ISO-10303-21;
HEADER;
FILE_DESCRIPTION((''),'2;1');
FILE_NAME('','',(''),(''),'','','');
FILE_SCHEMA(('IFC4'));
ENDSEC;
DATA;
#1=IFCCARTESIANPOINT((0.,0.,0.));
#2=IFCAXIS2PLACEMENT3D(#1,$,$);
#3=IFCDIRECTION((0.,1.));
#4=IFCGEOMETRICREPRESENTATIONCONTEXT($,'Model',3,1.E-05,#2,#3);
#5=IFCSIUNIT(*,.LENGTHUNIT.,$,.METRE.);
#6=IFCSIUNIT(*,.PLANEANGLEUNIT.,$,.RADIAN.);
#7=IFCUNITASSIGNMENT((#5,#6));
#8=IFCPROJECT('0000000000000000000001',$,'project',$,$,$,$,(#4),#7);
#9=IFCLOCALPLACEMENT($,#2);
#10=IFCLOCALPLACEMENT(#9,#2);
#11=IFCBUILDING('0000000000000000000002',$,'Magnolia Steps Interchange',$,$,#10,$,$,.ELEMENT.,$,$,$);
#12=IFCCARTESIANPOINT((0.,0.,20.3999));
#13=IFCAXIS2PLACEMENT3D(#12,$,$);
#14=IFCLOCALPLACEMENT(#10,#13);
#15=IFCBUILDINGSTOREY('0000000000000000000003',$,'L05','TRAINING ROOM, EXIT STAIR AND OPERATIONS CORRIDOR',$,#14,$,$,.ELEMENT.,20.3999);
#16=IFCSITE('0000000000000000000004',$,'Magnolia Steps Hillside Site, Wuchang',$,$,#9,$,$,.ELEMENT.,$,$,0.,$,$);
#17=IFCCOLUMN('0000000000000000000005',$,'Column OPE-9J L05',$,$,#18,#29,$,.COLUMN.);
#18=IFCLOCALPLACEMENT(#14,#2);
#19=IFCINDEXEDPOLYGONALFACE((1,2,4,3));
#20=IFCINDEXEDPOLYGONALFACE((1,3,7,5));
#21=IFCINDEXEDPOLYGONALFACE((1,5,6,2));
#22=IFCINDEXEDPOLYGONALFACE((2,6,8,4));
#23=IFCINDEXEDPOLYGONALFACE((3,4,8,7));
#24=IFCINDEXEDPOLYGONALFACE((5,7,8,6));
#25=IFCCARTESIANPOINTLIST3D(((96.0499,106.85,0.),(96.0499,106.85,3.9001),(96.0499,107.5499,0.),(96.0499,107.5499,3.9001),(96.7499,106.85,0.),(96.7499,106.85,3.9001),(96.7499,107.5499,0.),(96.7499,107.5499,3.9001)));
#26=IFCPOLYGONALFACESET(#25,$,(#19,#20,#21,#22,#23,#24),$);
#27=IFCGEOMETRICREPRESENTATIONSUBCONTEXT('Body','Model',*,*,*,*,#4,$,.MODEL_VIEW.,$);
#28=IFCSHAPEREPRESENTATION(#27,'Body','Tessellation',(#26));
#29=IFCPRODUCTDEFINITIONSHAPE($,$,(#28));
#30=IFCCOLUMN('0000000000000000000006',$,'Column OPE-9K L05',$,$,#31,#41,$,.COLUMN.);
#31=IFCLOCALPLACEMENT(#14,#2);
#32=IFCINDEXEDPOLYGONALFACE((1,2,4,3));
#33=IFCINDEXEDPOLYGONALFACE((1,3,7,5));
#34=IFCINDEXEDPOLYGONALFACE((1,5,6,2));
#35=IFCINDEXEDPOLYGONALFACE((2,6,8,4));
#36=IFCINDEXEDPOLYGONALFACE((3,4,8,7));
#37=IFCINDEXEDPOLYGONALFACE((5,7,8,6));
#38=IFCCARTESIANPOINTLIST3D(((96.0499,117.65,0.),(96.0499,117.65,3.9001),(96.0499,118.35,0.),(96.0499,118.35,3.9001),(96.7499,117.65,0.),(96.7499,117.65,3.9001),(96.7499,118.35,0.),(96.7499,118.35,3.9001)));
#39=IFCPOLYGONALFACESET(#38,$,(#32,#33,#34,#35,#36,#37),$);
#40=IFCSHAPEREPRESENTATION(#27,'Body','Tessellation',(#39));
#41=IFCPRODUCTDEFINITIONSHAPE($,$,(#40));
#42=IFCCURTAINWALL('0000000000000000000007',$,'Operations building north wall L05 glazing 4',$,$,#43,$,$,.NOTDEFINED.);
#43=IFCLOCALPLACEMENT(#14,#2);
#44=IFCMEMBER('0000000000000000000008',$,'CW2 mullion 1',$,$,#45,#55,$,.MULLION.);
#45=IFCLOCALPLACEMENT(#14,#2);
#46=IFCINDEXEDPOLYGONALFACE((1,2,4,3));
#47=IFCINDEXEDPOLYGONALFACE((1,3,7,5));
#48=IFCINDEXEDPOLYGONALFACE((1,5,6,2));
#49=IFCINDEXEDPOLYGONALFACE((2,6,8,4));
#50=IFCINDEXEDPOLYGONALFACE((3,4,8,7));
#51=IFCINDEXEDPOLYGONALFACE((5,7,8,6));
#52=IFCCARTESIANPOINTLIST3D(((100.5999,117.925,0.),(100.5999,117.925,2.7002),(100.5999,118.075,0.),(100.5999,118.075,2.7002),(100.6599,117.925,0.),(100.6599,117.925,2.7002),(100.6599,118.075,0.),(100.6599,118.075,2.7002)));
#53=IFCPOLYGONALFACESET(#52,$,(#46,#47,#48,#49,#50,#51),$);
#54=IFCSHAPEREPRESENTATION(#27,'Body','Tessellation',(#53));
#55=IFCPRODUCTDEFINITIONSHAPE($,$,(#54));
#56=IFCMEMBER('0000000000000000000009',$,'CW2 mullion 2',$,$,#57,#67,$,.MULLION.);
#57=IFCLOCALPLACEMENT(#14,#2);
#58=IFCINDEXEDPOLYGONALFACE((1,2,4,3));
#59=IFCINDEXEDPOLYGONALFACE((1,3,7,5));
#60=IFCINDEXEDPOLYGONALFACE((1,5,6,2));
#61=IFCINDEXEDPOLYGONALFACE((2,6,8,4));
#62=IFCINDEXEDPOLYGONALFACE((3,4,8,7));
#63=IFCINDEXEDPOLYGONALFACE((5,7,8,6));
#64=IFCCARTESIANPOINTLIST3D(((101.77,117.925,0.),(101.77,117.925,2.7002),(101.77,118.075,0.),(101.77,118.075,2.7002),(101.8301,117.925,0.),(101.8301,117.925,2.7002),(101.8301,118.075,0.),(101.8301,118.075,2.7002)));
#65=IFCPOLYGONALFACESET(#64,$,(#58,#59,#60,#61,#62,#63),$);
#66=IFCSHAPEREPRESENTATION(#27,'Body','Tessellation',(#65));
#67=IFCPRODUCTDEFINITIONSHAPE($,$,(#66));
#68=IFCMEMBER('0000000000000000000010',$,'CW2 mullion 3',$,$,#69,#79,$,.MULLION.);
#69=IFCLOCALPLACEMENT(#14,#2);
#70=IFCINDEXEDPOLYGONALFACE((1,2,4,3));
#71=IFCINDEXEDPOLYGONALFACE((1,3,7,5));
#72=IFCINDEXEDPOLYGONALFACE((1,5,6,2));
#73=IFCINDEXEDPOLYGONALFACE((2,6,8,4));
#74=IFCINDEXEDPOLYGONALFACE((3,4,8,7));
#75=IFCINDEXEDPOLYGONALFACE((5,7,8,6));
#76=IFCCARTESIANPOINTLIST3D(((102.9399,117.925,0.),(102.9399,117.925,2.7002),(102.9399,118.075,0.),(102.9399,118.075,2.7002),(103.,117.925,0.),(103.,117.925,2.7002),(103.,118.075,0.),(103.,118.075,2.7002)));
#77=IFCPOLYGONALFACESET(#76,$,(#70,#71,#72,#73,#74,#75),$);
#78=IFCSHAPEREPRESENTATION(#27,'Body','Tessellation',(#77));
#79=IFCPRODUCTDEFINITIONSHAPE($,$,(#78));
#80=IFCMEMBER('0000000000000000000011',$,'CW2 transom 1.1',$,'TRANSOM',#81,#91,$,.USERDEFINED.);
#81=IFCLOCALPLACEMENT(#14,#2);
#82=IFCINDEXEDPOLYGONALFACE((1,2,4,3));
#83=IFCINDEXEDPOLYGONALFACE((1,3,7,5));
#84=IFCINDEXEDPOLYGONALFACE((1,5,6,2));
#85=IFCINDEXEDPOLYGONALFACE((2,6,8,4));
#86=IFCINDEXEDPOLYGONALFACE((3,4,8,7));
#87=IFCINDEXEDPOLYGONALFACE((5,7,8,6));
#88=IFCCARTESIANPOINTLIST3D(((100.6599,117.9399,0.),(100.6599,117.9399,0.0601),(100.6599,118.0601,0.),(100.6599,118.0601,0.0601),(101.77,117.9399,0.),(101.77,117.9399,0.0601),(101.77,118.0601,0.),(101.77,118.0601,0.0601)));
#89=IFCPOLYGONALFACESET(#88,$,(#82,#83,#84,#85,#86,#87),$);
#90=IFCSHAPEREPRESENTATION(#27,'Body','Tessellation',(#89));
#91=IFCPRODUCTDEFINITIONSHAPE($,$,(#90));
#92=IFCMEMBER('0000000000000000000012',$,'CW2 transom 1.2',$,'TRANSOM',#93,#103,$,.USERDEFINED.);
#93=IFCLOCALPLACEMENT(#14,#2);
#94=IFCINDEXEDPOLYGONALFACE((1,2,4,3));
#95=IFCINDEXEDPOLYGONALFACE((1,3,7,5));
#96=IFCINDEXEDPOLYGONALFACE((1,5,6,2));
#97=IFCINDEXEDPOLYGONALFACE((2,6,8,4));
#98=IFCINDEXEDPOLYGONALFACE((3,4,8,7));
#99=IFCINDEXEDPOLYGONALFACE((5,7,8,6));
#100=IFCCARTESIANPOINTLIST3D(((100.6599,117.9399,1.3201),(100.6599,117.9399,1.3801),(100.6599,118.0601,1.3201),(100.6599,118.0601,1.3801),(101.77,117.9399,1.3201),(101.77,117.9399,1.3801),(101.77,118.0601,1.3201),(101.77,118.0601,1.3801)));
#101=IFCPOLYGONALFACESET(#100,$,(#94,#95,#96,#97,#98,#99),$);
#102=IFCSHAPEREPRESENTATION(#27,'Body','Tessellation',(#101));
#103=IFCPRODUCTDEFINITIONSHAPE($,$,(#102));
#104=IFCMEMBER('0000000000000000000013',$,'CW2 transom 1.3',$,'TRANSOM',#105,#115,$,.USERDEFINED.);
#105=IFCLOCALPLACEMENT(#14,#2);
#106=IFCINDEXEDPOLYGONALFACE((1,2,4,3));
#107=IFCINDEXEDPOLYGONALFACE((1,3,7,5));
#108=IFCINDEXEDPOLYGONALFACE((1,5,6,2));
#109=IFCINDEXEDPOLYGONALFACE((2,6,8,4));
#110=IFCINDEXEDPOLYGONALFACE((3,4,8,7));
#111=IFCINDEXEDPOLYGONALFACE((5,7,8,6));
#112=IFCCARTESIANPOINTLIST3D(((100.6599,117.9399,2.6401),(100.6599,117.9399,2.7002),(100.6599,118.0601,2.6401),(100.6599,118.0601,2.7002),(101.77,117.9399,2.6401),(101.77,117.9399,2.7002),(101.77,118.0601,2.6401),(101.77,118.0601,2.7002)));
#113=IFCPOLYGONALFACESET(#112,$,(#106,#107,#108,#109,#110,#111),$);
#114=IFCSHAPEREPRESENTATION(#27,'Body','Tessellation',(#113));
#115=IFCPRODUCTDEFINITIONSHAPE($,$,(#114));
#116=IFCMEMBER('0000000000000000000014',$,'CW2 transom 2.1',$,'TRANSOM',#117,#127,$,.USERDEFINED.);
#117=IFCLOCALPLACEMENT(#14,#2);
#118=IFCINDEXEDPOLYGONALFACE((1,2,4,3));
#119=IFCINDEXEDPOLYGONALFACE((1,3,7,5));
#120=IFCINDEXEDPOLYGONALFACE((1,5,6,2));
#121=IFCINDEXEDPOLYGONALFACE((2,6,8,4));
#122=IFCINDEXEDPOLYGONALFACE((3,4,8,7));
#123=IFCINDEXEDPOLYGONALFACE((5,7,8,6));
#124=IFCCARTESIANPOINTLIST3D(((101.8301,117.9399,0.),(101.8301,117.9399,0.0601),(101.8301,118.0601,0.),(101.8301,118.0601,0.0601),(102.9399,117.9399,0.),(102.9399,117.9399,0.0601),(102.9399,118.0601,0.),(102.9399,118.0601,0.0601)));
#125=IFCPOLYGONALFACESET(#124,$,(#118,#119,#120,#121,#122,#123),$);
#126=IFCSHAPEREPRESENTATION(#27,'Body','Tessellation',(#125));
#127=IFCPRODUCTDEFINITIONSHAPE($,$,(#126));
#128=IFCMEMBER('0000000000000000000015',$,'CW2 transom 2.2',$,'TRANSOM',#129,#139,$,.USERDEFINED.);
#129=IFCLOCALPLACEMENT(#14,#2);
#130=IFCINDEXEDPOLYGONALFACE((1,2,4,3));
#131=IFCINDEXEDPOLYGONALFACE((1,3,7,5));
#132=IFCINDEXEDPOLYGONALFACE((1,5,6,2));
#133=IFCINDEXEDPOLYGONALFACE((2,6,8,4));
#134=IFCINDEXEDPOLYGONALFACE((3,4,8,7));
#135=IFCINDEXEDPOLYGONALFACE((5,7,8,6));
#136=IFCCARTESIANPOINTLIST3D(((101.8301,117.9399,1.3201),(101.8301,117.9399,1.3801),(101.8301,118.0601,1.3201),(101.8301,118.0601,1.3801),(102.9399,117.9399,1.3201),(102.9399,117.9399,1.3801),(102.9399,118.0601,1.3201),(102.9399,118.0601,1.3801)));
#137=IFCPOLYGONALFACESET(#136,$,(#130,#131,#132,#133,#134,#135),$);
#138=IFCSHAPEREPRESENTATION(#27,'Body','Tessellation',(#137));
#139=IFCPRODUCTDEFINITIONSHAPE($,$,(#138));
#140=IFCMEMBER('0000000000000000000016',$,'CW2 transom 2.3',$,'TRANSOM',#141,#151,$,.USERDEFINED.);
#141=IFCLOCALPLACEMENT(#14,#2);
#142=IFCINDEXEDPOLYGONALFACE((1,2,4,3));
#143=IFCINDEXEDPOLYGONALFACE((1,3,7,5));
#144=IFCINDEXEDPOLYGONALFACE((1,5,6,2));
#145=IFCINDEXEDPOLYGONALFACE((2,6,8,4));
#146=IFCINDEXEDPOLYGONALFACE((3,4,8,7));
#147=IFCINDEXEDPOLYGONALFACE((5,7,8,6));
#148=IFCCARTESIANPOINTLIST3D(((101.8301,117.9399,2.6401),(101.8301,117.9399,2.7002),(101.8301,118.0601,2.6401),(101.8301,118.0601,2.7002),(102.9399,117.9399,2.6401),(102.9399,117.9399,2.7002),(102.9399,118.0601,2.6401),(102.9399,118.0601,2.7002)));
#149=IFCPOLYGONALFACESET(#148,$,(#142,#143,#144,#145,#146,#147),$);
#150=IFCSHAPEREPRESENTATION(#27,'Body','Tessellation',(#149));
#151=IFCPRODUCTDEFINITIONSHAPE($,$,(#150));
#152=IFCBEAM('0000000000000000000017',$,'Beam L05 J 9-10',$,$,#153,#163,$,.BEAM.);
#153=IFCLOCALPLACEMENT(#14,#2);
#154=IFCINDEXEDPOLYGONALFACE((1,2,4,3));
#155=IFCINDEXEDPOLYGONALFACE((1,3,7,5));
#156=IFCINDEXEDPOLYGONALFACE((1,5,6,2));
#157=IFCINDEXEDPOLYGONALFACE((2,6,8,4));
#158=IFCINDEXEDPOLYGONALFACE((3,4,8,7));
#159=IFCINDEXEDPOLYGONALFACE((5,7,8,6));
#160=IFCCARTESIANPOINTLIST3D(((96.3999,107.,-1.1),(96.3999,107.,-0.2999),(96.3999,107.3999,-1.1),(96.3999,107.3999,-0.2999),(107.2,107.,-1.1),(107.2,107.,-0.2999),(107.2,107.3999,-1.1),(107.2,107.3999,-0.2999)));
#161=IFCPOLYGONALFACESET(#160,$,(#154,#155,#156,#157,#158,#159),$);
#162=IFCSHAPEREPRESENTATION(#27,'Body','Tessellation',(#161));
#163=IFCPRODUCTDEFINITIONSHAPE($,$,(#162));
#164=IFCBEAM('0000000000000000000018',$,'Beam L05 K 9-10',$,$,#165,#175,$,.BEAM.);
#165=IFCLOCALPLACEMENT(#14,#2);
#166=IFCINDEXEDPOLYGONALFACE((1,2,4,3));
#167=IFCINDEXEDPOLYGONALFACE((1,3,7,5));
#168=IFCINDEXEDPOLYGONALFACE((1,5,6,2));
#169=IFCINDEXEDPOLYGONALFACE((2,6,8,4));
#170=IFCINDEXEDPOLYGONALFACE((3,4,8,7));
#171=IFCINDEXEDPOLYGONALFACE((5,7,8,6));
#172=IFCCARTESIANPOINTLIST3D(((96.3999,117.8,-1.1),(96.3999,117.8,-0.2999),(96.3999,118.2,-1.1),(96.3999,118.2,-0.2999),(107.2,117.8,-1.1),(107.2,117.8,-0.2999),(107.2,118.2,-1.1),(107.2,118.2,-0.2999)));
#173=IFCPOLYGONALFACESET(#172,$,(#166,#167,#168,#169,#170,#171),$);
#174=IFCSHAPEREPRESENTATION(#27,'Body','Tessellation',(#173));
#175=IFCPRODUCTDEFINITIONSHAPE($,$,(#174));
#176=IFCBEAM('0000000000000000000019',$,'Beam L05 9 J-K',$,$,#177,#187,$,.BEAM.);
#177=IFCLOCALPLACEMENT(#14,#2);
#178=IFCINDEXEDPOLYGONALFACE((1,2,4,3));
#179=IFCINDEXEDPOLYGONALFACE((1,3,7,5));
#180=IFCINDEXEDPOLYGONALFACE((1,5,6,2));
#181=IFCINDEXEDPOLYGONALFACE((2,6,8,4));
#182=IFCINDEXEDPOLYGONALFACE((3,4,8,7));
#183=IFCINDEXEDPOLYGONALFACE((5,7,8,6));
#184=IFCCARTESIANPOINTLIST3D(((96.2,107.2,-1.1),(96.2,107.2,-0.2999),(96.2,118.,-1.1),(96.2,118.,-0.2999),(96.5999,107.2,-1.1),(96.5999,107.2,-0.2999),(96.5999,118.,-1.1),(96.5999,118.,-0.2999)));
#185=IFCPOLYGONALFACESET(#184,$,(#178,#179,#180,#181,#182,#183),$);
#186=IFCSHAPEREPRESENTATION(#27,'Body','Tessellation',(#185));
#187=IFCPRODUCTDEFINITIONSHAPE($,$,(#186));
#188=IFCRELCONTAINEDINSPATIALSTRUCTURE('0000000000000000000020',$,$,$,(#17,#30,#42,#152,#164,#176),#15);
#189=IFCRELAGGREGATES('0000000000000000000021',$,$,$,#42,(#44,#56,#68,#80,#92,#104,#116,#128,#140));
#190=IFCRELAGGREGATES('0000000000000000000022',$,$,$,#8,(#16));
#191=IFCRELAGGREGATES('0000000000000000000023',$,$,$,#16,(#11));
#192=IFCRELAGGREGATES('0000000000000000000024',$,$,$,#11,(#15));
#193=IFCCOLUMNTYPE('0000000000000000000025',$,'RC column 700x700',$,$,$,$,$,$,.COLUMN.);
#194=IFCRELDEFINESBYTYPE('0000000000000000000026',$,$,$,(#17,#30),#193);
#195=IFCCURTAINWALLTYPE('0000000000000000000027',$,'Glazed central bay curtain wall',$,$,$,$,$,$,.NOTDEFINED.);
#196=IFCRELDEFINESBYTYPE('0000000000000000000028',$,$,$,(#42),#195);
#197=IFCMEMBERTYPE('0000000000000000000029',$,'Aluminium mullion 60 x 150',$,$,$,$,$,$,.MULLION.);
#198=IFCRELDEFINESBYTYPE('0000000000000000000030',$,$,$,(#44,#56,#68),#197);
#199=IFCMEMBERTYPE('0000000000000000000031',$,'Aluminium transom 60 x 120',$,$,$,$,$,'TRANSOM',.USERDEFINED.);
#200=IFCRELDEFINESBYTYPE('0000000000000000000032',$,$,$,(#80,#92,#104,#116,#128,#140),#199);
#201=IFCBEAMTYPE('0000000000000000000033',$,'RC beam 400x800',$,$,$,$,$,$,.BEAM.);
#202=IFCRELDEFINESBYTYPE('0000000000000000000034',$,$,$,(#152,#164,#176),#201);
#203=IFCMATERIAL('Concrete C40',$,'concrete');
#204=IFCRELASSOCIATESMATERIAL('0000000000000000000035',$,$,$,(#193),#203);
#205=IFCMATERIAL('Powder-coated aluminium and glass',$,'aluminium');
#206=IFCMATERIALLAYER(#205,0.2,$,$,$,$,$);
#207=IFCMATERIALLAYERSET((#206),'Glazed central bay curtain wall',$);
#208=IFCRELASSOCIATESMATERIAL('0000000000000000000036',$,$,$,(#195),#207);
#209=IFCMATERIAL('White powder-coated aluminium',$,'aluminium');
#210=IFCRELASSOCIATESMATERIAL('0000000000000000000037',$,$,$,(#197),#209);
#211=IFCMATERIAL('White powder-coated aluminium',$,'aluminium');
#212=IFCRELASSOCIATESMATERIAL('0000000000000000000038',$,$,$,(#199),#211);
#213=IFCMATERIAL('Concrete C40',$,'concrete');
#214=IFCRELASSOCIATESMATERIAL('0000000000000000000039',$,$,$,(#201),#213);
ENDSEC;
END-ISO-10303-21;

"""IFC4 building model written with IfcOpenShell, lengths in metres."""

from ifc_helpers import new_model, si_unit, direction, frame, origin, origin_2d, place, context, subcontext, project, spatial, rectangle, extrude, material, layer, layer_set, material_profile, profile_set, type_object, element, aggregate, save


model = new_model("IFC4")

# Units and contexts
model_context = context("Model", 3, precision=1e-05, world=origin(), true_north=direction((0.0, 1.0)))
body_context = subcontext(model_context, "Body", "Model", "MODEL_VIEW")
ifc_project = project(units=[si_unit("LENGTHUNIT", "METRE"), si_unit("PLANEANGLEUNIT", "RADIAN")], contexts=[model_context])

# Site, building, storey
site_placement = place(None, origin())
site = spatial("IfcSite", under=ifc_project, at=site_placement, Name="Magnolia Steps Hillside Site, Wuchang", CompositionType="ELEMENT", RefElevation=0.0)
building_placement = place(site_placement, origin())
building = spatial("IfcBuilding", under=site, at=building_placement, Name="Magnolia Steps Interchange", CompositionType="ELEMENT")
storey_placement = place(building_placement, frame((0.0, 0.0, 20.3999)))
storey = spatial("IfcBuildingStorey", under=building, at=storey_placement, Name="L05", Description="TRAINING ROOM, EXIT STAIR AND OPERATIONS CORRIDOR", CompositionType="ELEMENT", Elevation=20.3999)

# Columns
ifc_material_1 = material(Name="Concrete C40", Category="concrete")
ifc_material_profile_1 = material_profile(ifc_material_1, rectangle(XDim=0.7, YDim=0.7, at=origin_2d()), Name="RC700x700")
ifc_profile_set_1 = profile_set([ifc_material_profile_1], Name="Concrete C40")
column_type = type_object("IfcColumnType", Name="RC column 700x700", PredefinedType="COLUMN", material=ifc_profile_set_1)
for number, where, z_axis, x_axis, name in (
    (1, (96.3999, 107.2, 0.0), (0.0, 0.0, 1.0), (1.0, 0.0, 0.0), "Column OPE-9J L05"),
    (2, (96.3999, 118.0, 0.0), (0.0, 0.0, 1.0), (1.0, 0.0, 0.0), "Column OPE-9K L05"),
):
    element("IfcColumn", number, at=place(storey_placement, frame(where, z_axis=z_axis, x_axis=x_axis)), inside=storey, type_object=column_type, Name=name, PredefinedType="COLUMN", context=body_context, shape_type="SweptSolid", body=[
        extrude(rectangle(XDim=0.7, YDim=0.7, at=origin_2d()), origin(), (0.0, 0.0, 1.0), 3.9001),
    ])

# Curtain wall, members
ifc_material_2 = material(Name="Powder-coated aluminium and glass", Category="aluminium")
ifc_layer_1 = layer(ifc_material_2, 0.2)
ifc_layer_set_1 = layer_set([ifc_layer_1], Name="Glazed central bay curtain wall")
curtain_wall_type = type_object("IfcCurtainWallType", Name="Glazed central bay curtain wall", PredefinedType="NOTDEFINED", material=ifc_layer_set_1)
curtain_wall_placement = place(storey_placement, origin())
curtain_wall = element("IfcCurtainWall", 3, at=curtain_wall_placement, inside=storey, type_object=curtain_wall_type, Name="Operations building north wall L05 glazing 4", PredefinedType="NOTDEFINED")
ifc_material_3 = material(Name="White powder-coated aluminium", Category="aluminium")
ifc_material_profile_2 = material_profile(ifc_material_3, rectangle(XDim=0.0601, YDim=0.1499, at=origin_2d()), Name="Aluminium mullion 60 x 150")
ifc_profile_set_2 = profile_set([ifc_material_profile_2], Name="White powder-coated aluminium")
member_type_1 = type_object("IfcMemberType", Name="Aluminium mullion 60 x 150", PredefinedType="MULLION", material=ifc_profile_set_2)
member_1_placement = place(storey_placement, frame((100.6299, 118.0, 0.0), z_axis=(0.0, 0.0, 1.0), x_axis=(1.0, 0.0, 0.0)))
member_1 = element("IfcMember", 4, at=member_1_placement, type_object=member_type_1, Name="CW2 mullion 1", PredefinedType="MULLION", context=body_context, shape_type="SweptSolid", body=[
    extrude(rectangle(XDim=0.0601, YDim=0.1499, at=origin_2d()), origin(), (0.0, 0.0, 1.0), 2.7002),
])
member_2_placement = place(storey_placement, frame((101.8, 118.0, 0.0), z_axis=(0.0, 0.0, 1.0), x_axis=(1.0, 0.0, 0.0)))
member_2 = element("IfcMember", 5, at=member_2_placement, type_object=member_type_1, Name="CW2 mullion 2", PredefinedType="MULLION", context=body_context, shape_type="SweptSolid", body=[
    extrude(rectangle(XDim=0.0601, YDim=0.1499, at=origin_2d()), origin(), (0.0, 0.0, 1.0), 2.7002),
])
member_3_placement = place(storey_placement, frame((102.97, 118.0, 0.0), z_axis=(0.0, 0.0, 1.0), x_axis=(1.0, 0.0, 0.0)))
member_3 = element("IfcMember", 6, at=member_3_placement, type_object=member_type_1, Name="CW2 mullion 3", PredefinedType="MULLION", context=body_context, shape_type="SweptSolid", body=[
    extrude(rectangle(XDim=0.0601, YDim=0.1499, at=origin_2d()), origin(), (0.0, 0.0, 1.0), 2.7002),
])
ifc_material_4 = material(Name="White powder-coated aluminium", Category="aluminium")
ifc_material_profile_3 = material_profile(ifc_material_4, rectangle(XDim=0.0601, YDim=0.1201, at=origin_2d()), Name="Aluminium transom 60 x 120")
ifc_profile_set_3 = profile_set([ifc_material_profile_3], Name="White powder-coated aluminium")
member_type_2 = type_object("IfcMemberType", Name="Aluminium transom 60 x 120", ElementType="TRANSOM", PredefinedType="USERDEFINED", material=ifc_profile_set_3)
member_4_placement = place(storey_placement, frame((100.6599, 118.0, 0.03), z_axis=(1.0, 0.0, 0.0), x_axis=(0.0, 0.0, 1.0)))
member_4 = element("IfcMember", 7, at=member_4_placement, type_object=member_type_2, Name="CW2 transom 1.1", ObjectType="TRANSOM", PredefinedType="USERDEFINED", context=body_context, shape_type="SweptSolid", body=[
    extrude(rectangle(XDim=0.0601, YDim=0.1201, at=origin_2d()), origin(), (0.0, 0.0, 1.0), 1.1101),
])
member_5_placement = place(storey_placement, frame((100.6599, 118.0, 1.3501), z_axis=(1.0, 0.0, 0.0), x_axis=(0.0, 0.0, 1.0)))
member_5 = element("IfcMember", 8, at=member_5_placement, type_object=member_type_2, Name="CW2 transom 1.2", ObjectType="TRANSOM", PredefinedType="USERDEFINED", context=body_context, shape_type="SweptSolid", body=[
    extrude(rectangle(XDim=0.0601, YDim=0.1201, at=origin_2d()), origin(), (0.0, 0.0, 1.0), 1.1101),
])
member_6_placement = place(storey_placement, frame((100.6599, 118.0, 2.6702), z_axis=(1.0, 0.0, 0.0), x_axis=(0.0, 0.0, 1.0)))
member_6 = element("IfcMember", 9, at=member_6_placement, type_object=member_type_2, Name="CW2 transom 1.3", ObjectType="TRANSOM", PredefinedType="USERDEFINED", context=body_context, shape_type="SweptSolid", body=[
    extrude(rectangle(XDim=0.0601, YDim=0.1201, at=origin_2d()), origin(), (0.0, 0.0, 1.0), 1.1101),
])
member_7_placement = place(storey_placement, frame((101.8301, 118.0, 0.03), z_axis=(1.0, 0.0, 0.0), x_axis=(0.0, 0.0, 1.0)))
member_7 = element("IfcMember", 10, at=member_7_placement, type_object=member_type_2, Name="CW2 transom 2.1", ObjectType="TRANSOM", PredefinedType="USERDEFINED", context=body_context, shape_type="SweptSolid", body=[
    extrude(rectangle(XDim=0.0601, YDim=0.1201, at=origin_2d()), origin(), (0.0, 0.0, 1.0), 1.1099),
])
member_8_placement = place(storey_placement, frame((101.8301, 118.0, 1.3501), z_axis=(1.0, 0.0, 0.0), x_axis=(0.0, 0.0, 1.0)))
member_8 = element("IfcMember", 11, at=member_8_placement, type_object=member_type_2, Name="CW2 transom 2.2", ObjectType="TRANSOM", PredefinedType="USERDEFINED", context=body_context, shape_type="SweptSolid", body=[
    extrude(rectangle(XDim=0.0601, YDim=0.1201, at=origin_2d()), origin(), (0.0, 0.0, 1.0), 1.1099),
])
member_9_placement = place(storey_placement, frame((101.8301, 118.0, 2.6702), z_axis=(1.0, 0.0, 0.0), x_axis=(0.0, 0.0, 1.0)))
member_9 = element("IfcMember", 12, at=member_9_placement, type_object=member_type_2, Name="CW2 transom 2.3", ObjectType="TRANSOM", PredefinedType="USERDEFINED", context=body_context, shape_type="SweptSolid", body=[
    extrude(rectangle(XDim=0.0601, YDim=0.1201, at=origin_2d()), origin(), (0.0, 0.0, 1.0), 1.1099),
])

# Beams
ifc_material_5 = material(Name="Concrete C40", Category="concrete")
ifc_material_profile_4 = material_profile(ifc_material_5, rectangle(XDim=0.3999, YDim=0.8, at=origin_2d()), Name="RC400x800")
ifc_profile_set_4 = profile_set([ifc_material_profile_4], Name="Concrete C40")
beam_type = type_object("IfcBeamType", Name="RC beam 400x800", PredefinedType="BEAM", material=ifc_profile_set_4)
for number, where, z_axis, x_axis, name in (
    (13, (96.3999, 107.2, -0.7), (1.0, 0.0, 0.0), (0.0, 1.0, 0.0), "Beam L05 J 9-10"),
    (14, (96.3999, 118.0, -0.7), (1.0, 0.0, 0.0), (0.0, 1.0, 0.0), "Beam L05 K 9-10"),
    (15, (96.3999, 107.2, -0.7), (0.0, 1.0, 0.0), (-1.0, 0.0, 0.0), "Beam L05 9 J-K"),
):
    element("IfcBeam", number, at=place(storey_placement, frame(where, z_axis=z_axis, x_axis=x_axis)), inside=storey, type_object=beam_type, Name=name, PredefinedType="BEAM", context=body_context, shape_type="SweptSolid", body=[
        extrude(rectangle(XDim=0.3999, YDim=0.8, at=origin_2d()), origin(), (0.0, 0.0, 1.0), 10.8),
    ])

aggregate(curtain_wall, [member_1, member_2, member_3, member_4, member_5, member_6, member_7, member_8, member_9])

save(model, "model.ifc")
